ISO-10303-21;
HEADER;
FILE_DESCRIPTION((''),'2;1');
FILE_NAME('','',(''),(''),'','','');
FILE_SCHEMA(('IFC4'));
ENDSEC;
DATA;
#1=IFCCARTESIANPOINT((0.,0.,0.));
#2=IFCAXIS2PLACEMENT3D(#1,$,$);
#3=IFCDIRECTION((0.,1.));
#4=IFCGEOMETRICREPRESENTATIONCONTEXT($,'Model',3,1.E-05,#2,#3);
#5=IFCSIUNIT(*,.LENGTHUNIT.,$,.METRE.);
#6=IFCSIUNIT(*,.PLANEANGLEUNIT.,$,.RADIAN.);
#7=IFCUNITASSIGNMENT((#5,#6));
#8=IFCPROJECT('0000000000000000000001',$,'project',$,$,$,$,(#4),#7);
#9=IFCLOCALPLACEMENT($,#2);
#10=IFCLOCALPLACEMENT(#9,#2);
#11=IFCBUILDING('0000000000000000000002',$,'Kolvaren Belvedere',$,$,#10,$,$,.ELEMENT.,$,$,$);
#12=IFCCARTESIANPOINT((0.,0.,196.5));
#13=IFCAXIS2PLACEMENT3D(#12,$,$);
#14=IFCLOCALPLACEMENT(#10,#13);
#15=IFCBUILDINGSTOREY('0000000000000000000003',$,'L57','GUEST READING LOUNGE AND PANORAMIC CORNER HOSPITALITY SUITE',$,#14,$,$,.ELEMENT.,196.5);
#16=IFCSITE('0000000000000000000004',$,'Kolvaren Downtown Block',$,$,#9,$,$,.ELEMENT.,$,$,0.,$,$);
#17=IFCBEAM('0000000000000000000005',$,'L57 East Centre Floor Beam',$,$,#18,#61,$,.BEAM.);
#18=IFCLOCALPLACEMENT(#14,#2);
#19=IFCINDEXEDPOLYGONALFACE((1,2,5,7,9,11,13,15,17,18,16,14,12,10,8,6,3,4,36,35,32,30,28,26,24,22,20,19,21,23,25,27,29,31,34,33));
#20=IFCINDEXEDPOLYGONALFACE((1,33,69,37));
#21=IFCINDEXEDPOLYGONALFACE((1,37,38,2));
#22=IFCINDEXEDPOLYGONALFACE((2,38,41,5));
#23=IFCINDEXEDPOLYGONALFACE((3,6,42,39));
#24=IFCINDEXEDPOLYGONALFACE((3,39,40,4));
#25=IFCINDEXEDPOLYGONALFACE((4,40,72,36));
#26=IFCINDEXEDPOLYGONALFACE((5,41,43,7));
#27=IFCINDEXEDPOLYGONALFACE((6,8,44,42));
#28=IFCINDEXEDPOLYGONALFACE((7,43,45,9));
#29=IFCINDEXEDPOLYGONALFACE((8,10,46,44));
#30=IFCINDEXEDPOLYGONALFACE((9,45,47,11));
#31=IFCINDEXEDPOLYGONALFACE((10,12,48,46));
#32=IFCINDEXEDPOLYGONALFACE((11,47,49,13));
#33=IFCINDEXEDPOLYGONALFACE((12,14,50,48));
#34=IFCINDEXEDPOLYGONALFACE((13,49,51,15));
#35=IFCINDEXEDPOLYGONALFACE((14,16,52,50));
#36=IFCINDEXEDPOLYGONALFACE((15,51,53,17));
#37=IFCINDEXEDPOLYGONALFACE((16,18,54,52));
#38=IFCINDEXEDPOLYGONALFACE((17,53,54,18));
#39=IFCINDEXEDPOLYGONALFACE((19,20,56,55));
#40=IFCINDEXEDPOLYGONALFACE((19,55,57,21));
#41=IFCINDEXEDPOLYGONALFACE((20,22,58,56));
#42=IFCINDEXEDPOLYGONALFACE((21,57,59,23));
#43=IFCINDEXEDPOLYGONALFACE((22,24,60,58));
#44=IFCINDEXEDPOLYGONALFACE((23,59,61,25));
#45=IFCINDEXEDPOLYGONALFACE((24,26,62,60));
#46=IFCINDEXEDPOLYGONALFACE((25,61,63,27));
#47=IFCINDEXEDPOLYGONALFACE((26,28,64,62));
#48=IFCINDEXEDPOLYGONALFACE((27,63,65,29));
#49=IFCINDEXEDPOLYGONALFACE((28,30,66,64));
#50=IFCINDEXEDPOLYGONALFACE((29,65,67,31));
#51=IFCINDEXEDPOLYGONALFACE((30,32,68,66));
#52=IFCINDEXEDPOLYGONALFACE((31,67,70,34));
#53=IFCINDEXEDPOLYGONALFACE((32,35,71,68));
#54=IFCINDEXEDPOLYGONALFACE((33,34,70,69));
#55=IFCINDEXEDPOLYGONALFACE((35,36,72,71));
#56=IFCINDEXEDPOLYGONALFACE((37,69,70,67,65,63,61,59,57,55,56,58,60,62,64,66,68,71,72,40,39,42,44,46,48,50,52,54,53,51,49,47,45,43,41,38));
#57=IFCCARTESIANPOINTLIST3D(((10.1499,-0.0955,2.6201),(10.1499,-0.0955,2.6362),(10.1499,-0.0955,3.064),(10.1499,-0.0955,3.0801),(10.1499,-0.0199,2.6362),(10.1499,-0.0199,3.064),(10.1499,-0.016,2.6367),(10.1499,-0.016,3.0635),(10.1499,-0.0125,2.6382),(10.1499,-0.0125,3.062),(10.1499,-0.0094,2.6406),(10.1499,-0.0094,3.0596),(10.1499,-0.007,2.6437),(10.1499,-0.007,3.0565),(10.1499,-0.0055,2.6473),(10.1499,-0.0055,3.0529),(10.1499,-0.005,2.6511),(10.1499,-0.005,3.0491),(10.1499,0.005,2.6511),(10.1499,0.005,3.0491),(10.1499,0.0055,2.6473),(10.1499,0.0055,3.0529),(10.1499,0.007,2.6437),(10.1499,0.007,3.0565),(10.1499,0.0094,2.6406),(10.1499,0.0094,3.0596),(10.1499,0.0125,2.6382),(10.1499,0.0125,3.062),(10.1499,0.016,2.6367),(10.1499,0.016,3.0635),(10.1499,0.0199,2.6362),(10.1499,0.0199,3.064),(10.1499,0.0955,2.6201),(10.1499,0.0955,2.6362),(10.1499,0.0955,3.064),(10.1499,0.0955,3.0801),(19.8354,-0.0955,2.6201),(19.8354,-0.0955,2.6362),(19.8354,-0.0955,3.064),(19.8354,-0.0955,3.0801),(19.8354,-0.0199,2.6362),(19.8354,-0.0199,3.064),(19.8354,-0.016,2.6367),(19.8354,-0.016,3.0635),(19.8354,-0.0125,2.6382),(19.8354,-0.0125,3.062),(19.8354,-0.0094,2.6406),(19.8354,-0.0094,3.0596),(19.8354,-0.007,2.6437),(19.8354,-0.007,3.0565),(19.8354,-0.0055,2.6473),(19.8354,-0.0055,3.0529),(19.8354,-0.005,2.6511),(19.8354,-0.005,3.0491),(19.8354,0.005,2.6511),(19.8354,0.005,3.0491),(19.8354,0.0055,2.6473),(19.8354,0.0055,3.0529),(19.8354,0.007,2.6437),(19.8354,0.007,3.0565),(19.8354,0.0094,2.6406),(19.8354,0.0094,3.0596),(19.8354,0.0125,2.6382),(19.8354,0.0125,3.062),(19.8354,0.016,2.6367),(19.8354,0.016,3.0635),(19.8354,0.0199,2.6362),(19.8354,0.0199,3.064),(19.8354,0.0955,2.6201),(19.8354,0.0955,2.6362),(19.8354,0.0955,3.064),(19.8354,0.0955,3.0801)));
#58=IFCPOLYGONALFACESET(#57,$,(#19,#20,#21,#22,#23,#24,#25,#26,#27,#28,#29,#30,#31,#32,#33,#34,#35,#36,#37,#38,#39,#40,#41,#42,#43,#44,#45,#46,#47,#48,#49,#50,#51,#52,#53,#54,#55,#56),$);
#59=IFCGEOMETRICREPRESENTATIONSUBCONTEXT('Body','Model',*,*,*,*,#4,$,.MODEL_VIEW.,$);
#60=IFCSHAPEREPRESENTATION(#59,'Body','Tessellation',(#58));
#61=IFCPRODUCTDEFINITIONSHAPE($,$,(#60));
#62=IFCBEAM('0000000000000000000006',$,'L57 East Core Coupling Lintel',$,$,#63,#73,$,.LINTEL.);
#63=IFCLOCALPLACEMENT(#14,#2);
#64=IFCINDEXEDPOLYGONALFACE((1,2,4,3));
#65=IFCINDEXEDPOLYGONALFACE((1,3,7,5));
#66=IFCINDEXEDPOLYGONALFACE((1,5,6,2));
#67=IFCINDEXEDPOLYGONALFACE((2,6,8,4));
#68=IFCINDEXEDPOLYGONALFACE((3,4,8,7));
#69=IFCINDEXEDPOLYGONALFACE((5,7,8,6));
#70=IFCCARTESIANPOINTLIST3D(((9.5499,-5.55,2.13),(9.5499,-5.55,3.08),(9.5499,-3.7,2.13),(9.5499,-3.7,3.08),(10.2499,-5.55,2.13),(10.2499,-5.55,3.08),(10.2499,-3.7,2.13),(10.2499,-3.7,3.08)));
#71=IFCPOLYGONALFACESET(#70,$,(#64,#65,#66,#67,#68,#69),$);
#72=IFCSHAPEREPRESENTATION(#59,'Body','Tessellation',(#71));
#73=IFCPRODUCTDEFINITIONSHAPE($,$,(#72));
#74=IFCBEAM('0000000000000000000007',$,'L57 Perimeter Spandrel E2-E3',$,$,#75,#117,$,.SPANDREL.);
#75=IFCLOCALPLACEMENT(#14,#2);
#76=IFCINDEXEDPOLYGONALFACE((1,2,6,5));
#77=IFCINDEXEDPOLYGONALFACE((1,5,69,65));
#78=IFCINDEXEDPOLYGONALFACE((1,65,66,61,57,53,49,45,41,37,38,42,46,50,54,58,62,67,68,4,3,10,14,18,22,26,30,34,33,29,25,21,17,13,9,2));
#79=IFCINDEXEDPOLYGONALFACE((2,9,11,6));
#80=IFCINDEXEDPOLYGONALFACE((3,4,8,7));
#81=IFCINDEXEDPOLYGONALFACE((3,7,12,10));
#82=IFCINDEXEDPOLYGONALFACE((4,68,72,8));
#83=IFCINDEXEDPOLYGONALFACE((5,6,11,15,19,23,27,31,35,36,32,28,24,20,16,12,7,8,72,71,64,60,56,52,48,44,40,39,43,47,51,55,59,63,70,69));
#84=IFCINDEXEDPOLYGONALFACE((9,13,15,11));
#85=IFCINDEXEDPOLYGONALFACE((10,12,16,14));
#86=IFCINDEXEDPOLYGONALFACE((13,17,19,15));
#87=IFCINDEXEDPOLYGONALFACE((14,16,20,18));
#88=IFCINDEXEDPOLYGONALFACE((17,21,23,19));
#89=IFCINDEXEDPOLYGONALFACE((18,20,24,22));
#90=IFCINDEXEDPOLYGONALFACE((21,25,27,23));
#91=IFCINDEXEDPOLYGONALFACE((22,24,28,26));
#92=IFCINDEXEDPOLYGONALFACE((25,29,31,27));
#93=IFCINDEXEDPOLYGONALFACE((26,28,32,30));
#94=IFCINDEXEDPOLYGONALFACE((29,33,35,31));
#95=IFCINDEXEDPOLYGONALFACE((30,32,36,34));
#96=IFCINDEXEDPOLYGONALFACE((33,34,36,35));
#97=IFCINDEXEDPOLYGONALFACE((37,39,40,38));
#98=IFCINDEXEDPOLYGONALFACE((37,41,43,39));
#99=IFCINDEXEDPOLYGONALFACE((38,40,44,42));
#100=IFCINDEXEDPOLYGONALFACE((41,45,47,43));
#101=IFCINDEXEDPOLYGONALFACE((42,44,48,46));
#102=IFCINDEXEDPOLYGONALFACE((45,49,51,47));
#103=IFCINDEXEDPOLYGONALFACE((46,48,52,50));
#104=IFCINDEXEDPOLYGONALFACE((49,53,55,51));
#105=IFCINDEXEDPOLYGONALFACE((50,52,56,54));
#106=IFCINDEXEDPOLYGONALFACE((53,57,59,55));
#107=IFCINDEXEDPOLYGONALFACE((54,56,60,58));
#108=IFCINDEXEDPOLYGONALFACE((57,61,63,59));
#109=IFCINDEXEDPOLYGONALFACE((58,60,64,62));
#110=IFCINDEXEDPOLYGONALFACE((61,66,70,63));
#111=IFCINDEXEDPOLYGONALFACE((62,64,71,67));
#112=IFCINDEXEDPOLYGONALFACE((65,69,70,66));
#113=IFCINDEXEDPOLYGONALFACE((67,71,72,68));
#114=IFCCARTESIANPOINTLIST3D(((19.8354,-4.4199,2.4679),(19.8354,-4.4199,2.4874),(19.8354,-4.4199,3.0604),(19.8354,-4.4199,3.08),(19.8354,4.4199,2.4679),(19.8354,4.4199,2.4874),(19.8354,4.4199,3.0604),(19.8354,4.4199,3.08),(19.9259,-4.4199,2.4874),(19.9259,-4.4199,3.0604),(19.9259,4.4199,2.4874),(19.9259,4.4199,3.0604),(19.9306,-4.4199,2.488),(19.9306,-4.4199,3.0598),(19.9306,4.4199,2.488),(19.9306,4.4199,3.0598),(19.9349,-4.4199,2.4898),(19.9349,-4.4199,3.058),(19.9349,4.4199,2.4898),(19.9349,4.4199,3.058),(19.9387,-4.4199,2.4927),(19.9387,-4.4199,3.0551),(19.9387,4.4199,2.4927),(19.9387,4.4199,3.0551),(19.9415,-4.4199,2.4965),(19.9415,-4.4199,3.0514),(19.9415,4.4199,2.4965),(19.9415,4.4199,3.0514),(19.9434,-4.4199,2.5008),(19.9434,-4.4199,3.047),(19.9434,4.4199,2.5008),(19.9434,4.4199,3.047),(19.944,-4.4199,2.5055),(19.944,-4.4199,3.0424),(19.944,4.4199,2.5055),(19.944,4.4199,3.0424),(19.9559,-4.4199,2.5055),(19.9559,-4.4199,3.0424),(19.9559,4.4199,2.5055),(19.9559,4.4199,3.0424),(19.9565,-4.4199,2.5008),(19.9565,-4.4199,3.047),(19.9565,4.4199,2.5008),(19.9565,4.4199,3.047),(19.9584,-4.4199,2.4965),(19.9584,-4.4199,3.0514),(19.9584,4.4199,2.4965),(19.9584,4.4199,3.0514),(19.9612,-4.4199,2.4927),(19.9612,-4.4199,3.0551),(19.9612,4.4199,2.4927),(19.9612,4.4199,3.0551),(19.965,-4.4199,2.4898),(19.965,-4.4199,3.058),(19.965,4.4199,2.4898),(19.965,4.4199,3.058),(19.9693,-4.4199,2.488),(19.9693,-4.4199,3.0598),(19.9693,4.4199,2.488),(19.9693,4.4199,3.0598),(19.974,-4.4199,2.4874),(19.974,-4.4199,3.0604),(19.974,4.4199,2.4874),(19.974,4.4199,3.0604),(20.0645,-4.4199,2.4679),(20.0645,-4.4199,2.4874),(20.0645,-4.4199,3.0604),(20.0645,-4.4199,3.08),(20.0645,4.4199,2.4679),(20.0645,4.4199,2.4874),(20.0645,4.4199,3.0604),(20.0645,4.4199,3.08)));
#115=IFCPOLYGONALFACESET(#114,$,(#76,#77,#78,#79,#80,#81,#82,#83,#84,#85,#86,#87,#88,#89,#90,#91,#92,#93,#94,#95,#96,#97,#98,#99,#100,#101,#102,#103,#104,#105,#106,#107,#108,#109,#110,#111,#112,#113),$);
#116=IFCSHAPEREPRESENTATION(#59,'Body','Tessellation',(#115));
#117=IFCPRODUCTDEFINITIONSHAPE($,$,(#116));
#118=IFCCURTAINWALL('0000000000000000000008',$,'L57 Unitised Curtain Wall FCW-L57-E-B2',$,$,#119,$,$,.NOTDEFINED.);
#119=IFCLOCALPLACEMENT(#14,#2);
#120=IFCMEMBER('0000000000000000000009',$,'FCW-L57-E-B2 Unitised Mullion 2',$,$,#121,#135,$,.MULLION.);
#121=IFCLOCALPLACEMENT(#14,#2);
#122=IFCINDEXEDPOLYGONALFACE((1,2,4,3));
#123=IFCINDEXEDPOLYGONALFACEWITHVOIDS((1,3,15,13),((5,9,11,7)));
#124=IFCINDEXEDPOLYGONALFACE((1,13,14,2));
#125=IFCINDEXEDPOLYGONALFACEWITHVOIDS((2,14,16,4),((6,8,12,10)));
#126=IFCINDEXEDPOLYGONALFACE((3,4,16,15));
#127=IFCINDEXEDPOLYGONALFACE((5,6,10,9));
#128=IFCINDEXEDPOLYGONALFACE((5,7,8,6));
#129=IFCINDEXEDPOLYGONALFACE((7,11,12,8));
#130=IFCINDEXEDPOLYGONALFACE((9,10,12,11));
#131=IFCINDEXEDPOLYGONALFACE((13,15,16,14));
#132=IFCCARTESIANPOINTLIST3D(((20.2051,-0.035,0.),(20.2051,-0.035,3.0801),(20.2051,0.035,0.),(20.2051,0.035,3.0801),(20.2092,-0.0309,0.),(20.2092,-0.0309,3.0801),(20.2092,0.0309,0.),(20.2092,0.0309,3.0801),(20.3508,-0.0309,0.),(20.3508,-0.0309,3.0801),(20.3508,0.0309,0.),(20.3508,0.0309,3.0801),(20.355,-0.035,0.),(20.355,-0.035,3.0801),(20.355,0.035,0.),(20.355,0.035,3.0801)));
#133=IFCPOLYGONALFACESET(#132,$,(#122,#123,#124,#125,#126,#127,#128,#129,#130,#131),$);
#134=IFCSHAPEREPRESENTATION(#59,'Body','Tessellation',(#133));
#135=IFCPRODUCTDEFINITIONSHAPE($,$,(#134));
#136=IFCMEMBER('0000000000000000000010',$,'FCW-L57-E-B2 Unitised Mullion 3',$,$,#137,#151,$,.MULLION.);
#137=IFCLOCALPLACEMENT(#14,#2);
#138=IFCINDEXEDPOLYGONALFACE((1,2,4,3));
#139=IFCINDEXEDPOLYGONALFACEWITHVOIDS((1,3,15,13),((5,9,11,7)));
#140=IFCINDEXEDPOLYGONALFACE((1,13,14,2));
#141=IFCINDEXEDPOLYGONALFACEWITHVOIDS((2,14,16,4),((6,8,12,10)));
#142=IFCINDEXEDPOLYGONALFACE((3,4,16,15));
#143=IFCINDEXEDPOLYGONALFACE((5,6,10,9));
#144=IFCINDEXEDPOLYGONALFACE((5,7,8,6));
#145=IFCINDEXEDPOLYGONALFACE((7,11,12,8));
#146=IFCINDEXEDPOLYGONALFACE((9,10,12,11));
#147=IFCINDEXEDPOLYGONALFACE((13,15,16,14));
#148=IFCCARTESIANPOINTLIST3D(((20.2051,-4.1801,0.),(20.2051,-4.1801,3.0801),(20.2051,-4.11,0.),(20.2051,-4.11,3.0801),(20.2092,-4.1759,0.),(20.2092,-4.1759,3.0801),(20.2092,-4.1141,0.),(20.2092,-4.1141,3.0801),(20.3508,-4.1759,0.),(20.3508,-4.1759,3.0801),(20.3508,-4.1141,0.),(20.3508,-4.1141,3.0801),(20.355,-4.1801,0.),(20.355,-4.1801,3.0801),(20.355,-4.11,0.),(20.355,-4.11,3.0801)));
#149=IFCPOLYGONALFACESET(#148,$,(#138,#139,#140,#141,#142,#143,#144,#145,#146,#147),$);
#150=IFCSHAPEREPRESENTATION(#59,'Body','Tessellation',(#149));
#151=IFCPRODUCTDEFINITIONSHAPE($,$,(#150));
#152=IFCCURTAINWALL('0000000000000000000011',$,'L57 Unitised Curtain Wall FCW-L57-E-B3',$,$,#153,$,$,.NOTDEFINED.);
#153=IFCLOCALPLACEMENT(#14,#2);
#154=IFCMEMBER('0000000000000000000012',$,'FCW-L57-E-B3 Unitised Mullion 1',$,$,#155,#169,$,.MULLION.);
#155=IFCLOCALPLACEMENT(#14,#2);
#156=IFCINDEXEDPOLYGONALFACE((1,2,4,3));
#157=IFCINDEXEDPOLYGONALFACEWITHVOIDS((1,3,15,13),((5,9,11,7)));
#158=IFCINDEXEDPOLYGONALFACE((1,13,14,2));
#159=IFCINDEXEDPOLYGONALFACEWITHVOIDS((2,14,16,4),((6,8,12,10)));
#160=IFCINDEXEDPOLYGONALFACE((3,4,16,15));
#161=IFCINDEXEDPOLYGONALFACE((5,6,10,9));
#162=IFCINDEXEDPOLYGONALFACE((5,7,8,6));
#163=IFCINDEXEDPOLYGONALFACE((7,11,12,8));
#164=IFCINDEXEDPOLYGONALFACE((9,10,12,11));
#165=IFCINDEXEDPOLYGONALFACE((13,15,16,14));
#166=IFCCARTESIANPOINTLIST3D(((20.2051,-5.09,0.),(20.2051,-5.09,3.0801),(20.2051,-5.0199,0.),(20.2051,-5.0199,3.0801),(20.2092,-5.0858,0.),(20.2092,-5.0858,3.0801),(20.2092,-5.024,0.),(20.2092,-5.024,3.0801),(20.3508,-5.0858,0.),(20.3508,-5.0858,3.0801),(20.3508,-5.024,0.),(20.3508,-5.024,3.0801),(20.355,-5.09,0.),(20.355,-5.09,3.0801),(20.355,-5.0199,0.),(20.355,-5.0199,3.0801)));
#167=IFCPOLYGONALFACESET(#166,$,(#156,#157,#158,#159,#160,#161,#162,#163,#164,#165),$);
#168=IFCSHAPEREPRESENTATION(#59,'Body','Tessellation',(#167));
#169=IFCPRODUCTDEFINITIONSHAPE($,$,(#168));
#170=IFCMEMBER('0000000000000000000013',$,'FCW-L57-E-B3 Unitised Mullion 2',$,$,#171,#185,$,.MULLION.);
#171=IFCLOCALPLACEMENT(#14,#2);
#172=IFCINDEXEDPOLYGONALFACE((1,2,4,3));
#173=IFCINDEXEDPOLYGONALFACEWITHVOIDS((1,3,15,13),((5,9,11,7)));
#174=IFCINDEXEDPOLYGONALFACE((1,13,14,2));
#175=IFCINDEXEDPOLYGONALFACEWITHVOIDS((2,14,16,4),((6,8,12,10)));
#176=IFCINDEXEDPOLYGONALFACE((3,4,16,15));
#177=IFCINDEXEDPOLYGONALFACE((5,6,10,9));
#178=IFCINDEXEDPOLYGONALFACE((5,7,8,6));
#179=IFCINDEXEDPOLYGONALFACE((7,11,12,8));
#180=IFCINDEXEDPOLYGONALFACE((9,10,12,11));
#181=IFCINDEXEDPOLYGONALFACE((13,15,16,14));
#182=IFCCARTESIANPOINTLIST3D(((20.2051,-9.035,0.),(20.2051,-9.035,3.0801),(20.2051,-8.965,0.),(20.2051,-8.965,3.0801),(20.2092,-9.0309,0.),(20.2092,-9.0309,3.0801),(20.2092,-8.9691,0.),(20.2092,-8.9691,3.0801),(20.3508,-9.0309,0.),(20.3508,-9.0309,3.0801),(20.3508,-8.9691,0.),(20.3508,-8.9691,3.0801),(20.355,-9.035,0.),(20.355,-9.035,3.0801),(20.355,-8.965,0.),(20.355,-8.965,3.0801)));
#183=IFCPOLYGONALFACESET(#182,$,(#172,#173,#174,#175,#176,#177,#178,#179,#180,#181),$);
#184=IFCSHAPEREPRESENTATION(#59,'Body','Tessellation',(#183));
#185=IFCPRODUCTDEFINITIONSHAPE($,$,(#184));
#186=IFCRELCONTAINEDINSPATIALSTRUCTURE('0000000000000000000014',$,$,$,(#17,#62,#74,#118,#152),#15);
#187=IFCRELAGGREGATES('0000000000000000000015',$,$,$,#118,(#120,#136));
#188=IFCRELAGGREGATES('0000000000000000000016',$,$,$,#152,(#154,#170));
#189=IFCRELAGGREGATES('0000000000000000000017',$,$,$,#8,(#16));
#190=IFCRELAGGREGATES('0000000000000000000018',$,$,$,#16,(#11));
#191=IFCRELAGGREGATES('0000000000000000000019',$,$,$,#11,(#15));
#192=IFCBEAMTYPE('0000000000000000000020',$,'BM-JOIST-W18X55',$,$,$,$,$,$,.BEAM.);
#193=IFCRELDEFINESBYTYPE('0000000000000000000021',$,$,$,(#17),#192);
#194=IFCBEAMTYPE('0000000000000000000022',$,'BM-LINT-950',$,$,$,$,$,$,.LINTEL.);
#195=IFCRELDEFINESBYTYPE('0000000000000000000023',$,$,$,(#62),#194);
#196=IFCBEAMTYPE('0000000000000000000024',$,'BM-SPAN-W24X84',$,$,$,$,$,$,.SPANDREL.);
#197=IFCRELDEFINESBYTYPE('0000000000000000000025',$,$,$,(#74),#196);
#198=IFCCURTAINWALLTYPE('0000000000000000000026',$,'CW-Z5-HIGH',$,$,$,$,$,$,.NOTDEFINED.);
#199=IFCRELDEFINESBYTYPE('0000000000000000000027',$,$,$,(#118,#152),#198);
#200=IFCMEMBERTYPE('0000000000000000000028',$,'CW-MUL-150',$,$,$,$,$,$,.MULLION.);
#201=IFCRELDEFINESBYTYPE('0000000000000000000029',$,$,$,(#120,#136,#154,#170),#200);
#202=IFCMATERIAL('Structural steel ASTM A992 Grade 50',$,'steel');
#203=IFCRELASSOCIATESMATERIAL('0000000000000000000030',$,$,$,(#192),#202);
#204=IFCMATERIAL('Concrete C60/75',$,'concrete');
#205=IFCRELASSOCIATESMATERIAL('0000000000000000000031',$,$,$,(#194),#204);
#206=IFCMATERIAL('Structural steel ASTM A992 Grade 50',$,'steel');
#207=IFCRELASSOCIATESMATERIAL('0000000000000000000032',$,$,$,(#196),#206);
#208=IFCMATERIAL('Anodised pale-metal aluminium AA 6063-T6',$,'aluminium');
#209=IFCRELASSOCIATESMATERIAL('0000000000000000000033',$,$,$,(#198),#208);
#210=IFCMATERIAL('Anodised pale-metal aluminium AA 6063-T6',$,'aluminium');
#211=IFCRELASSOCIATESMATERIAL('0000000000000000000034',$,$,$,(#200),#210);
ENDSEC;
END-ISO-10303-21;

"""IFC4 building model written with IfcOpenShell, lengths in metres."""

from ifc_helpers import new_model, si_unit, direction, frame, origin, origin_2d, place, context, subcontext, project, spatial, rectangle, hollow_rectangle, i_section, extrude, material, material_profile, profile_set, type_object, element, aggregate, save


model = new_model("IFC4")

# Units and contexts
model_context = context("Model", 3, precision=1e-05, world=origin(), true_north=direction((0.0, 1.0)))
body_context = subcontext(model_context, "Body", "Model", "MODEL_VIEW")
ifc_project = project(units=[si_unit("LENGTHUNIT", "METRE"), si_unit("PLANEANGLEUNIT", "RADIAN")], contexts=[model_context])

# Site, building, storey
site_placement = place(None, origin())
site = spatial("IfcSite", under=ifc_project, at=site_placement, Name="Kolvaren Downtown Block", CompositionType="ELEMENT", RefElevation=0.0)
building_placement = place(site_placement, origin())
building = spatial("IfcBuilding", under=site, at=building_placement, Name="Kolvaren Belvedere", CompositionType="ELEMENT")
storey_placement = place(building_placement, frame((0.0, 0.0, 196.5)))
storey = spatial("IfcBuildingStorey", under=building, at=storey_placement, Name="L57", Description="GUEST READING LOUNGE AND PANORAMIC CORNER HOSPITALITY SUITE", CompositionType="ELEMENT", Elevation=196.5)

# Beams
ifc_material_1 = material(Name="Structural steel ASTM A992 Grade 50", Category="steel")
ifc_material_profile_1 = material_profile(ifc_material_1, i_section(OverallWidth=0.1909, OverallDepth=0.46, WebThickness=0.01, FlangeThickness=0.0161, FilletRadius=0.0149, at=origin_2d()), Name="W18X55")
ifc_profile_set_1 = profile_set([ifc_material_profile_1], Name="Structural steel ASTM A992 Grade 50")
beam_type_1 = type_object("IfcBeamType", Name="BM-JOIST-W18X55", PredefinedType="BEAM", material=ifc_profile_set_1)
beam_1_placement = place(storey_placement, frame((10.1499, 0.0, 2.8501), z_axis=(1.0, 0.0, 0.0), x_axis=(0.0, 1.0, 0.0)))
element("IfcBeam", 1, at=beam_1_placement, inside=storey, type_object=beam_type_1, Name="L57 East Centre Floor Beam", PredefinedType="BEAM", context=body_context, shape_type="SweptSolid", body=[
    extrude(i_section(OverallWidth=0.1909, OverallDepth=0.46, WebThickness=0.01, FlangeThickness=0.0161, FilletRadius=0.0149, at=origin_2d()), origin(), (0.0, 0.0, 1.0), 9.6855),
])
ifc_material_2 = material(Name="Concrete C60/75", Category="concrete")
ifc_material_profile_2 = material_profile(ifc_material_2, rectangle(XDim=0.7, YDim=0.95, at=origin_2d()), Name="RC 700X950")
ifc_profile_set_2 = profile_set([ifc_material_profile_2], Name="Concrete C60/75")
beam_type_2 = type_object("IfcBeamType", Name="BM-LINT-950", PredefinedType="LINTEL", material=ifc_profile_set_2)
beam_2_placement = place(storey_placement, frame((9.8999, -5.55, 2.605), z_axis=(0.0, 1.0, 0.0), x_axis=(-1.0, 0.0, 0.0)))
element("IfcBeam", 2, at=beam_2_placement, inside=storey, type_object=beam_type_2, Name="L57 East Core Coupling Lintel", PredefinedType="LINTEL", context=body_context, shape_type="SweptSolid", body=[
    extrude(rectangle(XDim=0.7, YDim=0.95, at=origin_2d()), origin(), (0.0, 0.0, 1.0), 1.8501),
])
ifc_material_3 = material(Name="Structural steel ASTM A992 Grade 50", Category="steel")
ifc_material_profile_3 = material_profile(ifc_material_3, i_section(OverallWidth=0.229, OverallDepth=0.6121, WebThickness=0.012, FlangeThickness=0.0195, FilletRadius=0.0181, at=origin_2d()), Name="W24X84")
ifc_profile_set_3 = profile_set([ifc_material_profile_3], Name="Structural steel ASTM A992 Grade 50")
beam_type_3 = type_object("IfcBeamType", Name="BM-SPAN-W24X84", PredefinedType="SPANDREL", material=ifc_profile_set_3)
beam_3_placement = place(storey_placement, frame((19.95, -4.4199, 2.7739), z_axis=(0.0, 1.0, 0.0), x_axis=(-1.0, 0.0, 0.0)))
element("IfcBeam", 3, at=beam_3_placement, inside=storey, type_object=beam_type_3, Name="L57 Perimeter Spandrel E2-E3", PredefinedType="SPANDREL", context=body_context, shape_type="SweptSolid", body=[
    extrude(i_section(OverallWidth=0.229, OverallDepth=0.6121, WebThickness=0.012, FlangeThickness=0.0195, FilletRadius=0.0181, at=origin_2d()), origin(), (0.0, 0.0, 1.0), 8.8398),
])

# Curtain walls, members
ifc_material_4 = material(Name="Anodised pale-metal aluminium AA 6063-T6", Category="aluminium")
curtain_wall_type = type_object("IfcCurtainWallType", Name="CW-Z5-HIGH", PredefinedType="NOTDEFINED", material=ifc_material_4)
curtain_wall_1_placement = place(storey_placement, origin())
curtain_wall_1 = element("IfcCurtainWall", 4, at=curtain_wall_1_placement, inside=storey, type_object=curtain_wall_type, Name="L57 Unitised Curtain Wall FCW-L57-E-B2", PredefinedType="NOTDEFINED")
ifc_material_5 = material(Name="Anodised pale-metal aluminium AA 6063-T6", Category="aluminium")
ifc_material_profile_4 = material_profile(ifc_material_5, hollow_rectangle(XDim=0.0701, YDim=0.1499, WallThickness=0.0042, at=origin_2d()), Name="ALU-MUL-150X70")
ifc_profile_set_4 = profile_set([ifc_material_profile_4], Name="Anodised pale-metal aluminium AA 6063-T6")
member_type_1 = type_object("IfcMemberType", Name="CW-MUL-150", PredefinedType="MULLION", material=ifc_profile_set_4)
member_1_placement = place(storey_placement, frame((20.28, 0.0, 0.0), z_axis=(0.0, 0.0, 1.0), x_axis=(0.0, 1.0, 0.0)))
member_1 = element("IfcMember", 5, at=member_1_placement, type_object=member_type_1, Name="FCW-L57-E-B2 Unitised Mullion 2", PredefinedType="MULLION", context=body_context, shape_type="SweptSolid", body=[
    extrude(hollow_rectangle(XDim=0.0701, YDim=0.1499, WallThickness=0.0042, at=origin_2d()), origin(), (0.0, 0.0, 1.0), 3.0801),
])
member_2_placement = place(storey_placement, frame((20.28, -4.145, 0.0), z_axis=(0.0, 0.0, 1.0), x_axis=(0.0, 1.0, 0.0)))
member_2 = element("IfcMember", 6, at=member_2_placement, type_object=member_type_1, Name="FCW-L57-E-B2 Unitised Mullion 3", PredefinedType="MULLION", context=body_context, shape_type="SweptSolid", body=[
    extrude(hollow_rectangle(XDim=0.0701, YDim=0.1499, WallThickness=0.0042, at=origin_2d()), origin(), (0.0, 0.0, 1.0), 3.0801),
])
curtain_wall_2_placement = place(storey_placement, origin())
curtain_wall_2 = element("IfcCurtainWall", 7, at=curtain_wall_2_placement, inside=storey, type_object=curtain_wall_type, Name="L57 Unitised Curtain Wall FCW-L57-E-B3", PredefinedType="NOTDEFINED")
member_3_placement = place(storey_placement, frame((20.28, -5.0549, 0.0), z_axis=(0.0, 0.0, 1.0), x_axis=(0.0, 1.0, 0.0)))
member_3 = element("IfcMember", 8, at=member_3_placement, type_object=member_type_1, Name="FCW-L57-E-B3 Unitised Mullion 1", PredefinedType="MULLION", context=body_context, shape_type="SweptSolid", body=[
    extrude(hollow_rectangle(XDim=0.0701, YDim=0.1499, WallThickness=0.0042, at=origin_2d()), origin(), (0.0, 0.0, 1.0), 3.0801),
])
member_4_placement = place(storey_placement, frame((20.28, -9.0, 0.0), z_axis=(0.0, 0.0, 1.0), x_axis=(0.0, 1.0, 0.0)))
member_4 = element("IfcMember", 9, at=member_4_placement, type_object=member_type_1, Name="FCW-L57-E-B3 Unitised Mullion 2", PredefinedType="MULLION", context=body_context, shape_type="SweptSolid", body=[
    extrude(hollow_rectangle(XDim=0.0701, YDim=0.1499, WallThickness=0.0042, at=origin_2d()), origin(), (0.0, 0.0, 1.0), 3.0801),
])

aggregate(curtain_wall_1, [member_1, member_2])
aggregate(curtain_wall_2, [member_3, member_4])

save(model, "model.ifc")
